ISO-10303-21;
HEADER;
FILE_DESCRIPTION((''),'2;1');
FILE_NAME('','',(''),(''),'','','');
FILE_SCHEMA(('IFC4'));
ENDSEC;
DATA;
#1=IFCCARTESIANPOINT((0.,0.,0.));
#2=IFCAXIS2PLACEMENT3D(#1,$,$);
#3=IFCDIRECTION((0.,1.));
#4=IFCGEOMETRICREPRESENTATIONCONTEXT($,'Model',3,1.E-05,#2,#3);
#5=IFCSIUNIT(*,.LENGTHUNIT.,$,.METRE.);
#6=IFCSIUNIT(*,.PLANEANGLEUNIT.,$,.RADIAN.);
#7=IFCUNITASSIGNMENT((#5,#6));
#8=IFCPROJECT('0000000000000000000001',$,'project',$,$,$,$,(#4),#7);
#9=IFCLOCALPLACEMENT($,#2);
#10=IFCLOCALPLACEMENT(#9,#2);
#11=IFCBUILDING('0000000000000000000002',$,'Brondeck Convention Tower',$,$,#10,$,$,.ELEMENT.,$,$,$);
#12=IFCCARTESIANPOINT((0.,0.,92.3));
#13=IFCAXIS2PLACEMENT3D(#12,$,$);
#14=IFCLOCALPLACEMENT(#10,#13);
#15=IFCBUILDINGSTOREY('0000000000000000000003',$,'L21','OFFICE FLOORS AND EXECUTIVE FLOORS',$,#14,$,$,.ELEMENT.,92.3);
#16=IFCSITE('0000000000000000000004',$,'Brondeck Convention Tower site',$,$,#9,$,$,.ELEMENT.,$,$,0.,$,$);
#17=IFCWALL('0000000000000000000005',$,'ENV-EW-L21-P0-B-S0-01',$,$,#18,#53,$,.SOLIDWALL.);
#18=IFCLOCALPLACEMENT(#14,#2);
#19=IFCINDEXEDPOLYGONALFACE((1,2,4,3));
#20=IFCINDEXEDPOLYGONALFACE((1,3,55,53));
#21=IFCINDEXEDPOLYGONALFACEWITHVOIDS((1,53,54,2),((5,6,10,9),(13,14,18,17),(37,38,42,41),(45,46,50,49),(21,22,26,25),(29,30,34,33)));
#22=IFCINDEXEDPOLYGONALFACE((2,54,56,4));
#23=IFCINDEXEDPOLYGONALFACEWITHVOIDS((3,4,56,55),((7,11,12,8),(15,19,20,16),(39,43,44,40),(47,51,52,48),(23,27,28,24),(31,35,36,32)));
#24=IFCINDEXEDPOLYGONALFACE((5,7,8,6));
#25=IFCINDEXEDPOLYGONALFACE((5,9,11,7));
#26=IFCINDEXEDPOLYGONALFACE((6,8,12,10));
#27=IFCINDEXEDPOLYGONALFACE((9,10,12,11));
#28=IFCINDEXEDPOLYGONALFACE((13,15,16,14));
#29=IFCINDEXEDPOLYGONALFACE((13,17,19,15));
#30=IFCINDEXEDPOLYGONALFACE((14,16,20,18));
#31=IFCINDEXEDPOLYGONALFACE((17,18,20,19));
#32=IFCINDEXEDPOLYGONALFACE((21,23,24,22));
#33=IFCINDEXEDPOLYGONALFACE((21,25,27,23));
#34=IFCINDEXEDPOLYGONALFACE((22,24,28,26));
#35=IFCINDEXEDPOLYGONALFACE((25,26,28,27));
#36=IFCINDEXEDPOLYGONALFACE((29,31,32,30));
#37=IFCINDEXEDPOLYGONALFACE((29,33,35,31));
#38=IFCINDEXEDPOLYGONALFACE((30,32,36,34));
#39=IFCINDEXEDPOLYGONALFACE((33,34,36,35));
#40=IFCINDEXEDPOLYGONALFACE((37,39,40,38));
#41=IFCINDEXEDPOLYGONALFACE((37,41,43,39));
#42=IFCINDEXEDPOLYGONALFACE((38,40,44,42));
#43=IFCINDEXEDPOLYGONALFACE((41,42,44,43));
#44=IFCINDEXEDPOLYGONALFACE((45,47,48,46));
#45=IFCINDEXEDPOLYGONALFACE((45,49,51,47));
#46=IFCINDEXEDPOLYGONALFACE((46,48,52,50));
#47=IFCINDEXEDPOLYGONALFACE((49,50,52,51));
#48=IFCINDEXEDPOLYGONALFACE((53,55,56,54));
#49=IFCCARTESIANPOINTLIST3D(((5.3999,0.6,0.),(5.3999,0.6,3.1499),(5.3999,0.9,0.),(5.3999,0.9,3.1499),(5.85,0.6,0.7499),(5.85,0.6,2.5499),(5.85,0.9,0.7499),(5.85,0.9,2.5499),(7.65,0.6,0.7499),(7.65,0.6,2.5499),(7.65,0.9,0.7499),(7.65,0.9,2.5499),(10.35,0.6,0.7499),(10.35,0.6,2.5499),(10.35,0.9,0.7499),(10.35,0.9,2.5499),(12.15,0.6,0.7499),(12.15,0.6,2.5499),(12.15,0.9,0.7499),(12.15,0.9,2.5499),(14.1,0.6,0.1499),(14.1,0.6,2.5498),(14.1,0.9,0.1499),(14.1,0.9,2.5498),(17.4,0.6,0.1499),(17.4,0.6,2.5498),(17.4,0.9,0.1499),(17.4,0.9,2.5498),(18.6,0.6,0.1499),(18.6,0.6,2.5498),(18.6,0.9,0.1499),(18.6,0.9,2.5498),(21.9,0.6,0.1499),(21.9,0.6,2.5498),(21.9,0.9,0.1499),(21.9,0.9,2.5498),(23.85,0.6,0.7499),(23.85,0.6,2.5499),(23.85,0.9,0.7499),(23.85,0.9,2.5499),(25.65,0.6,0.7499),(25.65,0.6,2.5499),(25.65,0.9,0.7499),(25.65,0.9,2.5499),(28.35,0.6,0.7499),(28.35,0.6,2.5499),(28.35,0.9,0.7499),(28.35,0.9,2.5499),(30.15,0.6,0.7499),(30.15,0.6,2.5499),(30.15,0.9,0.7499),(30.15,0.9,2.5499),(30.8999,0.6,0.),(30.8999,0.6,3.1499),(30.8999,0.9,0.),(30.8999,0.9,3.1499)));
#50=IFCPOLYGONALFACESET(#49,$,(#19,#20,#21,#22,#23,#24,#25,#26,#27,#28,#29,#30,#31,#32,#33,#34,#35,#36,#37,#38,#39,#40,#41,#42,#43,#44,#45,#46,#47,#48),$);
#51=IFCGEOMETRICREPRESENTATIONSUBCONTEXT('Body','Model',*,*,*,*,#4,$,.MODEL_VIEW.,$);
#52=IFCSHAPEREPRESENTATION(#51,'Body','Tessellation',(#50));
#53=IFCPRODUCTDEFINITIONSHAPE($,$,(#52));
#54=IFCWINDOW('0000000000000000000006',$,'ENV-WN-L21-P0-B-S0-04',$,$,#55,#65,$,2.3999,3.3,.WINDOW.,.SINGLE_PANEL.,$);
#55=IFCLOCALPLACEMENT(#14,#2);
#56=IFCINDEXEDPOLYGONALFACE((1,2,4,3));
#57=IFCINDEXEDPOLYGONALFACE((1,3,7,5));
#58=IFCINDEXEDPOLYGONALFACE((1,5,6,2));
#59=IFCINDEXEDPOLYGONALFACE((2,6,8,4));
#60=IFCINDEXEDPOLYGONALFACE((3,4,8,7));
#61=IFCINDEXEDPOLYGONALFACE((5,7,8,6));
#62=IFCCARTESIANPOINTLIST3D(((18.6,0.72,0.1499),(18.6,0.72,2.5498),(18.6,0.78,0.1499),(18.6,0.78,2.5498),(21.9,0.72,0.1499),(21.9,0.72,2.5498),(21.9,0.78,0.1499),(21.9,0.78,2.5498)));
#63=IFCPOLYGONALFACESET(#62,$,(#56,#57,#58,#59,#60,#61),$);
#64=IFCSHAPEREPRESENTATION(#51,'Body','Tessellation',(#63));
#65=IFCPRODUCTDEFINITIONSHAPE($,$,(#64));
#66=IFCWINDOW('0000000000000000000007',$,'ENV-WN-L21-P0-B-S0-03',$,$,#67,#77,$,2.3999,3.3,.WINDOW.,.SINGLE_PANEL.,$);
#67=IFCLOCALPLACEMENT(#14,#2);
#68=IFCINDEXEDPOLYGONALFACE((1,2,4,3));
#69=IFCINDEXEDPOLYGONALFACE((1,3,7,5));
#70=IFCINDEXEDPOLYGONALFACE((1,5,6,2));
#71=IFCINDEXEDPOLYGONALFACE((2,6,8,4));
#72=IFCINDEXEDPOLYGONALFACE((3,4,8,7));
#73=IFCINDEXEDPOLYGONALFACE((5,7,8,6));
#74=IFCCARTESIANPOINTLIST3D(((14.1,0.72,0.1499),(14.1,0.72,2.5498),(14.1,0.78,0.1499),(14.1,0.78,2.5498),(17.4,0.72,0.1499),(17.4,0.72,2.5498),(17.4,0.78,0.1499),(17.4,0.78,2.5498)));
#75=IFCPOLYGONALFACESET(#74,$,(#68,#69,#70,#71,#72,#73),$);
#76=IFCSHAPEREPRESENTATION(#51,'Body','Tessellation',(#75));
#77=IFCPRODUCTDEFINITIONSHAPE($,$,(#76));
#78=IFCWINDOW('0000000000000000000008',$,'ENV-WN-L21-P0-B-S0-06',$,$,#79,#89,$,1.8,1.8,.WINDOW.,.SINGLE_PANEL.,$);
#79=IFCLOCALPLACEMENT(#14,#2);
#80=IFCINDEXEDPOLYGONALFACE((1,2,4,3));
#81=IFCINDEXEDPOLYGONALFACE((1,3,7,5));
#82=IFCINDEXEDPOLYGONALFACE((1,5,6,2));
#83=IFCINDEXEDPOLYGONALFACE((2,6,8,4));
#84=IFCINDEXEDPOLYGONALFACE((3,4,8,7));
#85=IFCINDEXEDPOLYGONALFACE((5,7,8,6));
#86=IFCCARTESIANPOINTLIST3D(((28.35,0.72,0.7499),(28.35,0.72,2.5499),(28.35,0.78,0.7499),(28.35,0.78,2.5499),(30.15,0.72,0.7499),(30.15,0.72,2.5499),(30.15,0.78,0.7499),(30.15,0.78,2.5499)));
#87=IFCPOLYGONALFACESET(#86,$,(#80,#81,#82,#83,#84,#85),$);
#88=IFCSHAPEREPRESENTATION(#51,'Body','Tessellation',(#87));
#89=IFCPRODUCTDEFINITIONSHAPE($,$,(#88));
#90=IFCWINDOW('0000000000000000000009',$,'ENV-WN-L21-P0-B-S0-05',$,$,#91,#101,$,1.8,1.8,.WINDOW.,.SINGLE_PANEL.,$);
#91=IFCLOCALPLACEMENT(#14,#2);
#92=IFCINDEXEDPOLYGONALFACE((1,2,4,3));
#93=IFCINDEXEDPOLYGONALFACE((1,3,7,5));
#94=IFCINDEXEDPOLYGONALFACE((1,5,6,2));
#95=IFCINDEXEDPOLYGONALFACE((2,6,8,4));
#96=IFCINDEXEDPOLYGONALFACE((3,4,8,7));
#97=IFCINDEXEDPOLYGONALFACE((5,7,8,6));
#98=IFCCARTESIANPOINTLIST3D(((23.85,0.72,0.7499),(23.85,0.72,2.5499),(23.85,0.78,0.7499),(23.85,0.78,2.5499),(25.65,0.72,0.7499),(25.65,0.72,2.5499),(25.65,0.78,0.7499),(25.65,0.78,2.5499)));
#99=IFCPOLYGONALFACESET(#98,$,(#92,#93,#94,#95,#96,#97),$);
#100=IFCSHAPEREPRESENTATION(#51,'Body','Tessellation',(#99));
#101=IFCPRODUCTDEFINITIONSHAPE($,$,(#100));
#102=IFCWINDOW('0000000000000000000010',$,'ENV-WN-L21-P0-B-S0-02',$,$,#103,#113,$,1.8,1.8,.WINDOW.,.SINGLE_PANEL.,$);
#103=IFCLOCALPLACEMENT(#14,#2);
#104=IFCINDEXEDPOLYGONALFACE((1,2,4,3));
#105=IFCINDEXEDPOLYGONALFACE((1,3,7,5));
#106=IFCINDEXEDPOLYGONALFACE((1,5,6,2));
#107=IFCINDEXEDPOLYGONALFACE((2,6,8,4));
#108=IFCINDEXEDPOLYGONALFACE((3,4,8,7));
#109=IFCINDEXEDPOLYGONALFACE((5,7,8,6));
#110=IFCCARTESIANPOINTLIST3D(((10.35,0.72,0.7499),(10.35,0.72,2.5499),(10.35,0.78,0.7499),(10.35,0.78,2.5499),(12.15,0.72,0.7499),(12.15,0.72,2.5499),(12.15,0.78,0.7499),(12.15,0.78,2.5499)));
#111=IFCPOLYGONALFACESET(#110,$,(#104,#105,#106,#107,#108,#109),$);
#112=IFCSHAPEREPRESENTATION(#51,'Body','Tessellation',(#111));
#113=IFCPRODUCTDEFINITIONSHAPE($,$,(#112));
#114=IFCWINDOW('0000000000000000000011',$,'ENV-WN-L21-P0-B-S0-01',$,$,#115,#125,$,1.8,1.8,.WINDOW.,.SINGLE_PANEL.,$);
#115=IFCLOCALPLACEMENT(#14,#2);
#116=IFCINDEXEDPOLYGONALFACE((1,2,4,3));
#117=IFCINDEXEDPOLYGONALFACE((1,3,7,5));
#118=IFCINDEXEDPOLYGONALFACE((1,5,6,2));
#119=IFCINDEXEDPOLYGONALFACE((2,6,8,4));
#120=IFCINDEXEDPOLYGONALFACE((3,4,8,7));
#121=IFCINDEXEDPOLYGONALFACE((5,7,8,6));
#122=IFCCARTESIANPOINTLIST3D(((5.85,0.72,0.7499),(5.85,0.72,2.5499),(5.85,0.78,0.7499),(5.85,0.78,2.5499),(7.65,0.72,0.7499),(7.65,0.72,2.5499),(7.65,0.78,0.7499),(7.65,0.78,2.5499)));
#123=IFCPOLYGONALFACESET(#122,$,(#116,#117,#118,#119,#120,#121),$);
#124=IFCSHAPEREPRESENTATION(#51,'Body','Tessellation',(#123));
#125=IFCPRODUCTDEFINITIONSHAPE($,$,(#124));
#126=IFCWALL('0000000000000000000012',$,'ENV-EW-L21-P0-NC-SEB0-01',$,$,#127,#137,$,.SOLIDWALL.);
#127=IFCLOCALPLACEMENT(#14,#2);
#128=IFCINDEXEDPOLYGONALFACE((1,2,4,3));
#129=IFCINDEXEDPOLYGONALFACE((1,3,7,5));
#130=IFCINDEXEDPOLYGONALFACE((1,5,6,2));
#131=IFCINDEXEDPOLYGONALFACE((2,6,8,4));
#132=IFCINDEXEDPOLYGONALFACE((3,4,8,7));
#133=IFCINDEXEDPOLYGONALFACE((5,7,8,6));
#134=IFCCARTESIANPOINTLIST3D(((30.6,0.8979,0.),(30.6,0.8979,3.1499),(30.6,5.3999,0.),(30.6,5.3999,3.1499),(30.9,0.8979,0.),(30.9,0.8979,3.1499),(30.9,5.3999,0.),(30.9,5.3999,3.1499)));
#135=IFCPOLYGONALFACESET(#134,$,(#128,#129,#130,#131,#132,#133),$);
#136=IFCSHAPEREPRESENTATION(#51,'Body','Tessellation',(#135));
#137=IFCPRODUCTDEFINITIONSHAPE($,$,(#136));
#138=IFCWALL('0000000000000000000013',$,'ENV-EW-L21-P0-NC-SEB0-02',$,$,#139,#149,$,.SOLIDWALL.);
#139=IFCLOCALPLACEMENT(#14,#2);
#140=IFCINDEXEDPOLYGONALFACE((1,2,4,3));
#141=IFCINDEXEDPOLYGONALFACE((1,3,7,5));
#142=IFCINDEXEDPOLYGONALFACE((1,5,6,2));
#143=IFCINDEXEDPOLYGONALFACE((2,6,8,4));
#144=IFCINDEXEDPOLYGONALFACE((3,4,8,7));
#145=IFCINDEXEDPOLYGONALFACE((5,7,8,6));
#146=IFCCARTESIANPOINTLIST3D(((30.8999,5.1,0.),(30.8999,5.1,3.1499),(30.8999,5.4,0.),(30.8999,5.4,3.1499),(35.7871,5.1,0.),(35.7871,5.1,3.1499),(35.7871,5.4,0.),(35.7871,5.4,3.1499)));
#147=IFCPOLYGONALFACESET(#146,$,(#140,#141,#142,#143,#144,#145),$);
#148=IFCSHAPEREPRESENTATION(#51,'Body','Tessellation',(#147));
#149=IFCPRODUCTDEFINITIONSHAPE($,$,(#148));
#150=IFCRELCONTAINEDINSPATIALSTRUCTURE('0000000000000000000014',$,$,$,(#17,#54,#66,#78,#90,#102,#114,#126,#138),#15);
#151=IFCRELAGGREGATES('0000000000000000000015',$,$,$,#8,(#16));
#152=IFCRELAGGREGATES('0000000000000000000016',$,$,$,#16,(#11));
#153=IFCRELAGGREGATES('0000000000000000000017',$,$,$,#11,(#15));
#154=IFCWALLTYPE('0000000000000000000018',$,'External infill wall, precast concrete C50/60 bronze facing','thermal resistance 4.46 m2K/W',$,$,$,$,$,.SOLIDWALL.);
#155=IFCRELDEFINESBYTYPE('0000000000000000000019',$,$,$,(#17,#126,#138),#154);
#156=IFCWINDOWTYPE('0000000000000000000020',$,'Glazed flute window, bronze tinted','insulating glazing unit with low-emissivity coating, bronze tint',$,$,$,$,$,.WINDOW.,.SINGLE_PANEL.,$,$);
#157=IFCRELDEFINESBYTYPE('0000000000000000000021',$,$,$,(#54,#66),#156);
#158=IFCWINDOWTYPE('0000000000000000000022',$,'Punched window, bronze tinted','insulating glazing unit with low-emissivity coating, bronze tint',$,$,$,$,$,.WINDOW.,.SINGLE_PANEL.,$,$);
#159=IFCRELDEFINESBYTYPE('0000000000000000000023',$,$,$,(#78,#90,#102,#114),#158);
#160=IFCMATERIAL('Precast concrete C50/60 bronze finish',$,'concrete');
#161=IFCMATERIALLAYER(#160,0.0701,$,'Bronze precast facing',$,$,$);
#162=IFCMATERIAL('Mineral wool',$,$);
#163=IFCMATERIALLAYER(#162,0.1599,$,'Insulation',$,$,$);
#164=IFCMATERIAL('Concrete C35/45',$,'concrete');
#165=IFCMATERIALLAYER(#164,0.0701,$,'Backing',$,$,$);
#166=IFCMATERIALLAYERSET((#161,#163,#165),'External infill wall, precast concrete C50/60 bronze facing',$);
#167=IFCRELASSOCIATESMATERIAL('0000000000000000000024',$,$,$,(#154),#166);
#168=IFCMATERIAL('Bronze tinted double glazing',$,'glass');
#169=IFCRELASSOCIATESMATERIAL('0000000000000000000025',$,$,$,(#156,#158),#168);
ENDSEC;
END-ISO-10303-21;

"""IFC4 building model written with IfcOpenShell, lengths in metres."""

from ifc_helpers import new_model, si_unit, direction, frame, frame_2d, origin, place, context, subcontext, project, spatial, rectangle, extrude, material, layer, layer_set, type_object, element, fill, save


model = new_model("IFC4")

# Units and contexts
model_context = context("Model", 3, precision=1e-05, world=origin(), true_north=direction((0.0, 1.0)))
body_context = subcontext(model_context, "Body", "Model", "MODEL_VIEW")
ifc_project = project(units=[si_unit("LENGTHUNIT", "METRE"), si_unit("PLANEANGLEUNIT", "RADIAN")], contexts=[model_context])

# Site, building, storey
site_placement = place(None, origin())
site = spatial("IfcSite", under=ifc_project, at=site_placement, Name="Brondeck Convention Tower site", CompositionType="ELEMENT", RefElevation=0.0)
building_placement = place(site_placement, origin())
building = spatial("IfcBuilding", under=site, at=building_placement, Name="Brondeck Convention Tower", CompositionType="ELEMENT")
storey_placement = place(building_placement, frame((0.0, 0.0, 92.3)))
storey = spatial("IfcBuildingStorey", under=building, at=storey_placement, Name="L21", Description="OFFICE FLOORS AND EXECUTIVE FLOORS", CompositionType="ELEMENT", Elevation=92.3)

# Wall, openings, windows
ifc_material_1 = material(Name="Precast concrete C50/60 bronze finish", Category="concrete")
ifc_layer_1 = layer(ifc_material_1, 0.0701, Name="Bronze precast facing")
ifc_material_2 = material(Name="Mineral wool")
ifc_layer_2 = layer(ifc_material_2, 0.1599, Name="Insulation")
ifc_material_3 = material(Name="Concrete C35/45", Category="concrete")
ifc_layer_3 = layer(ifc_material_3, 0.0701, Name="Backing")
ifc_layer_set = layer_set([ifc_layer_1, ifc_layer_2, ifc_layer_3], Name="External infill wall, precast concrete C50/60 bronze facing")
wall_type = type_object("IfcWallType", Name="External infill wall, precast concrete C50/60 bronze facing", Description="thermal resistance 4.46 m2K/W", PredefinedType="SOLIDWALL", material=ifc_layer_set)
wall_1_placement = place(storey_placement, frame((30.8999, 0.75, 0.0), z_axis=(0.0, 0.0, 1.0), x_axis=(-1.0, 0.0, 0.0)))
wall_1 = element("IfcWall", 1, at=wall_1_placement, inside=storey, type_object=wall_type, Name="ENV-EW-L21-P0-B-S0-01", PredefinedType="SOLIDWALL", context=body_context, shape_type="SweptSolid", body=[
    extrude(rectangle(XDim=25.5, YDim=0.3, at=frame_2d((12.75, 0.0))), origin(), (0.0, 0.0, 1.0), 3.1499),
])
opening_1_placement = place(wall_1_placement, frame((0.75, 0.0, 0.75)))
opening_1 = element("IfcOpeningElement", 2, at=opening_1_placement, cuts=wall_1, PredefinedType="OPENING", context=body_context, shape_type="SweptSolid", body=[
    extrude(rectangle(XDim=1.8, YDim=1.8, at=frame_2d((0.8999, 0.8999))), frame((0.0, 0.1599, 0.0), z_axis=(0.0, -1.0, 0.0), x_axis=(1.0, 0.0, 0.0)), (0.0, 0.0, 1.0), 0.3201),
])
opening_2_placement = place(wall_1_placement, frame((5.25, 0.0, 0.75)))
opening_2 = element("IfcOpeningElement", 3, at=opening_2_placement, cuts=wall_1, PredefinedType="OPENING", context=body_context, shape_type="SweptSolid", body=[
    extrude(rectangle(XDim=1.8, YDim=1.8, at=frame_2d((0.8999, 0.8999))), frame((0.0, 0.1599, 0.0), z_axis=(0.0, -1.0, 0.0), x_axis=(1.0, 0.0, 0.0)), (0.0, 0.0, 1.0), 0.3201),
])
opening_3_placement = place(wall_1_placement, frame((9.0, 0.0, 0.1499)))
opening_3 = element("IfcOpeningElement", 4, at=opening_3_placement, cuts=wall_1, PredefinedType="OPENING", context=body_context, shape_type="SweptSolid", body=[
    extrude(rectangle(XDim=3.3, YDim=2.3999, at=frame_2d((1.6499, 1.2))), frame((0.0, 0.1599, 0.0), z_axis=(0.0, -1.0, 0.0), x_axis=(1.0, 0.0, 0.0)), (0.0, 0.0, 1.0), 0.3201),
])
opening_4_placement = place(wall_1_placement, frame((13.5, 0.0, 0.1499)))
opening_4 = element("IfcOpeningElement", 5, at=opening_4_placement, cuts=wall_1, PredefinedType="OPENING", context=body_context, shape_type="SweptSolid", body=[
    extrude(rectangle(XDim=3.3, YDim=2.3999, at=frame_2d((1.6499, 1.2))), frame((0.0, 0.1599, 0.0), z_axis=(0.0, -1.0, 0.0), x_axis=(1.0, 0.0, 0.0)), (0.0, 0.0, 1.0), 0.3201),
])
opening_5_placement = place(wall_1_placement, frame((18.75, 0.0, 0.75)))
opening_5 = element("IfcOpeningElement", 6, at=opening_5_placement, cuts=wall_1, PredefinedType="OPENING", context=body_context, shape_type="SweptSolid", body=[
    extrude(rectangle(XDim=1.8, YDim=1.8, at=frame_2d((0.8999, 0.8999))), frame((0.0, 0.1599, 0.0), z_axis=(0.0, -1.0, 0.0), x_axis=(1.0, 0.0, 0.0)), (0.0, 0.0, 1.0), 0.3201),
])
opening_6_placement = place(wall_1_placement, frame((23.25, 0.0, 0.75)))
opening_6 = element("IfcOpeningElement", 7, at=opening_6_placement, cuts=wall_1, PredefinedType="OPENING", context=body_context, shape_type="SweptSolid", body=[
    extrude(rectangle(XDim=1.8, YDim=1.8, at=frame_2d((0.8999, 0.8999))), frame((0.0, 0.1599, 0.0), z_axis=(0.0, -1.0, 0.0), x_axis=(1.0, 0.0, 0.0)), (0.0, 0.0, 1.0), 0.3201),
])
ifc_material_4 = material(Name="Bronze tinted double glazing", Category="glass")
window_type_1 = type_object("IfcWindowType", Name="Glazed flute window, bronze tinted", Description="insulating glazing unit with low-emissivity coating, bronze tint", PartitioningType="SINGLE_PANEL", PredefinedType="WINDOW", material=ifc_material_4)
window_1_placement = place(opening_3_placement, origin())
window_1 = element("IfcWindow", 8, at=window_1_placement, inside=storey, type_object=window_type_1, Name="ENV-WN-L21-P0-B-S0-04", OverallHeight=2.3999, OverallWidth=3.3, PartitioningType="SINGLE_PANEL", PredefinedType="WINDOW", context=body_context, shape_type="SweptSolid", body=[
    extrude(rectangle(XDim=3.3, YDim=2.3999, at=frame_2d((1.6499, 1.2))), frame((0.0, 0.03, 0.0), z_axis=(0.0, -1.0, 0.0), x_axis=(1.0, 0.0, 0.0)), (0.0, 0.0, 1.0), 0.0601),
])
fill(opening_3, window_1)
window_2_placement = place(opening_4_placement, origin())
window_2 = element("IfcWindow", 9, at=window_2_placement, inside=storey, type_object=window_type_1, Name="ENV-WN-L21-P0-B-S0-03", OverallHeight=2.3999, OverallWidth=3.3, PartitioningType="SINGLE_PANEL", PredefinedType="WINDOW", context=body_context, shape_type="SweptSolid", body=[
    extrude(rectangle(XDim=3.3, YDim=2.3999, at=frame_2d((1.6499, 1.2))), frame((0.0, 0.03, 0.0), z_axis=(0.0, -1.0, 0.0), x_axis=(1.0, 0.0, 0.0)), (0.0, 0.0, 1.0), 0.0601),
])
fill(opening_4, window_2)
window_type_2 = type_object("IfcWindowType", Name="Punched window, bronze tinted", Description="insulating glazing unit with low-emissivity coating, bronze tint", PartitioningType="SINGLE_PANEL", PredefinedType="WINDOW", material=ifc_material_4)
window_3_placement = place(opening_1_placement, origin())
window_3 = element("IfcWindow", 10, at=window_3_placement, inside=storey, type_object=window_type_2, Name="ENV-WN-L21-P0-B-S0-06", OverallHeight=1.8, OverallWidth=1.8, PartitioningType="SINGLE_PANEL", PredefinedType="WINDOW", context=body_context, shape_type="SweptSolid", body=[
    extrude(rectangle(XDim=1.8, YDim=1.8, at=frame_2d((0.8999, 0.8999))), frame((0.0, 0.03, 0.0), z_axis=(0.0, -1.0, 0.0), x_axis=(1.0, 0.0, 0.0)), (0.0, 0.0, 1.0), 0.0601),
])
fill(opening_1, window_3)
window_4_placement = place(opening_2_placement, origin())
window_4 = element("IfcWindow", 11, at=window_4_placement, inside=storey, type_object=window_type_2, Name="ENV-WN-L21-P0-B-S0-05", OverallHeight=1.8, OverallWidth=1.8, PartitioningType="SINGLE_PANEL", PredefinedType="WINDOW", context=body_context, shape_type="SweptSolid", body=[
    extrude(rectangle(XDim=1.8, YDim=1.8, at=frame_2d((0.8999, 0.8999))), frame((0.0, 0.03, 0.0), z_axis=(0.0, -1.0, 0.0), x_axis=(1.0, 0.0, 0.0)), (0.0, 0.0, 1.0), 0.0601),
])
fill(opening_2, window_4)
window_5_placement = place(opening_5_placement, origin())
window_5 = element("IfcWindow", 12, at=window_5_placement, inside=storey, type_object=window_type_2, Name="ENV-WN-L21-P0-B-S0-02", OverallHeight=1.8, OverallWidth=1.8, PartitioningType="SINGLE_PANEL", PredefinedType="WINDOW", context=body_context, shape_type="SweptSolid", body=[
    extrude(rectangle(XDim=1.8, YDim=1.8, at=frame_2d((0.8999, 0.8999))), frame((0.0, 0.03, 0.0), z_axis=(0.0, -1.0, 0.0), x_axis=(1.0, 0.0, 0.0)), (0.0, 0.0, 1.0), 0.0601),
])
fill(opening_5, window_5)
window_6_placement = place(opening_6_placement, origin())
window_6 = element("IfcWindow", 13, at=window_6_placement, inside=storey, type_object=window_type_2, Name="ENV-WN-L21-P0-B-S0-01", OverallHeight=1.8, OverallWidth=1.8, PartitioningType="SINGLE_PANEL", PredefinedType="WINDOW", context=body_context, shape_type="SweptSolid", body=[
    extrude(rectangle(XDim=1.8, YDim=1.8, at=frame_2d((0.8999, 0.8999))), frame((0.0, 0.03, 0.0), z_axis=(0.0, -1.0, 0.0), x_axis=(1.0, 0.0, 0.0)), (0.0, 0.0, 1.0), 0.0601),
])
fill(opening_6, window_6)

# Walls
wall_2_placement = place(storey_placement, frame((30.75, 5.3999, 0.0), z_axis=(0.0, 0.0, 1.0), x_axis=(0.0, -1.0, 0.0)))
element("IfcWall", 14, at=wall_2_placement, inside=storey, type_object=wall_type, Name="ENV-EW-L21-P0-NC-SEB0-01", PredefinedType="SOLIDWALL", context=body_context, shape_type="SweptSolid", body=[
    extrude(rectangle(XDim=4.502, YDim=0.3, at=frame_2d((2.251, 0.0))), origin(), (0.0, 0.0, 1.0), 3.1499),
])
wall_3_placement = place(storey_placement, frame((35.7871, 5.25, 0.0), z_axis=(0.0, 0.0, 1.0), x_axis=(-1.0, 0.0, 0.0)))
element("IfcWall", 15, at=wall_3_placement, inside=storey, type_object=wall_type, Name="ENV-EW-L21-P0-NC-SEB0-02", PredefinedType="SOLIDWALL", context=body_context, shape_type="SweptSolid", body=[
    extrude(rectangle(XDim=4.8872, YDim=0.3, at=frame_2d((2.4436, 0.0))), origin(), (0.0, 0.0, 1.0), 3.1499),
])

save(model, "model.ifc")
